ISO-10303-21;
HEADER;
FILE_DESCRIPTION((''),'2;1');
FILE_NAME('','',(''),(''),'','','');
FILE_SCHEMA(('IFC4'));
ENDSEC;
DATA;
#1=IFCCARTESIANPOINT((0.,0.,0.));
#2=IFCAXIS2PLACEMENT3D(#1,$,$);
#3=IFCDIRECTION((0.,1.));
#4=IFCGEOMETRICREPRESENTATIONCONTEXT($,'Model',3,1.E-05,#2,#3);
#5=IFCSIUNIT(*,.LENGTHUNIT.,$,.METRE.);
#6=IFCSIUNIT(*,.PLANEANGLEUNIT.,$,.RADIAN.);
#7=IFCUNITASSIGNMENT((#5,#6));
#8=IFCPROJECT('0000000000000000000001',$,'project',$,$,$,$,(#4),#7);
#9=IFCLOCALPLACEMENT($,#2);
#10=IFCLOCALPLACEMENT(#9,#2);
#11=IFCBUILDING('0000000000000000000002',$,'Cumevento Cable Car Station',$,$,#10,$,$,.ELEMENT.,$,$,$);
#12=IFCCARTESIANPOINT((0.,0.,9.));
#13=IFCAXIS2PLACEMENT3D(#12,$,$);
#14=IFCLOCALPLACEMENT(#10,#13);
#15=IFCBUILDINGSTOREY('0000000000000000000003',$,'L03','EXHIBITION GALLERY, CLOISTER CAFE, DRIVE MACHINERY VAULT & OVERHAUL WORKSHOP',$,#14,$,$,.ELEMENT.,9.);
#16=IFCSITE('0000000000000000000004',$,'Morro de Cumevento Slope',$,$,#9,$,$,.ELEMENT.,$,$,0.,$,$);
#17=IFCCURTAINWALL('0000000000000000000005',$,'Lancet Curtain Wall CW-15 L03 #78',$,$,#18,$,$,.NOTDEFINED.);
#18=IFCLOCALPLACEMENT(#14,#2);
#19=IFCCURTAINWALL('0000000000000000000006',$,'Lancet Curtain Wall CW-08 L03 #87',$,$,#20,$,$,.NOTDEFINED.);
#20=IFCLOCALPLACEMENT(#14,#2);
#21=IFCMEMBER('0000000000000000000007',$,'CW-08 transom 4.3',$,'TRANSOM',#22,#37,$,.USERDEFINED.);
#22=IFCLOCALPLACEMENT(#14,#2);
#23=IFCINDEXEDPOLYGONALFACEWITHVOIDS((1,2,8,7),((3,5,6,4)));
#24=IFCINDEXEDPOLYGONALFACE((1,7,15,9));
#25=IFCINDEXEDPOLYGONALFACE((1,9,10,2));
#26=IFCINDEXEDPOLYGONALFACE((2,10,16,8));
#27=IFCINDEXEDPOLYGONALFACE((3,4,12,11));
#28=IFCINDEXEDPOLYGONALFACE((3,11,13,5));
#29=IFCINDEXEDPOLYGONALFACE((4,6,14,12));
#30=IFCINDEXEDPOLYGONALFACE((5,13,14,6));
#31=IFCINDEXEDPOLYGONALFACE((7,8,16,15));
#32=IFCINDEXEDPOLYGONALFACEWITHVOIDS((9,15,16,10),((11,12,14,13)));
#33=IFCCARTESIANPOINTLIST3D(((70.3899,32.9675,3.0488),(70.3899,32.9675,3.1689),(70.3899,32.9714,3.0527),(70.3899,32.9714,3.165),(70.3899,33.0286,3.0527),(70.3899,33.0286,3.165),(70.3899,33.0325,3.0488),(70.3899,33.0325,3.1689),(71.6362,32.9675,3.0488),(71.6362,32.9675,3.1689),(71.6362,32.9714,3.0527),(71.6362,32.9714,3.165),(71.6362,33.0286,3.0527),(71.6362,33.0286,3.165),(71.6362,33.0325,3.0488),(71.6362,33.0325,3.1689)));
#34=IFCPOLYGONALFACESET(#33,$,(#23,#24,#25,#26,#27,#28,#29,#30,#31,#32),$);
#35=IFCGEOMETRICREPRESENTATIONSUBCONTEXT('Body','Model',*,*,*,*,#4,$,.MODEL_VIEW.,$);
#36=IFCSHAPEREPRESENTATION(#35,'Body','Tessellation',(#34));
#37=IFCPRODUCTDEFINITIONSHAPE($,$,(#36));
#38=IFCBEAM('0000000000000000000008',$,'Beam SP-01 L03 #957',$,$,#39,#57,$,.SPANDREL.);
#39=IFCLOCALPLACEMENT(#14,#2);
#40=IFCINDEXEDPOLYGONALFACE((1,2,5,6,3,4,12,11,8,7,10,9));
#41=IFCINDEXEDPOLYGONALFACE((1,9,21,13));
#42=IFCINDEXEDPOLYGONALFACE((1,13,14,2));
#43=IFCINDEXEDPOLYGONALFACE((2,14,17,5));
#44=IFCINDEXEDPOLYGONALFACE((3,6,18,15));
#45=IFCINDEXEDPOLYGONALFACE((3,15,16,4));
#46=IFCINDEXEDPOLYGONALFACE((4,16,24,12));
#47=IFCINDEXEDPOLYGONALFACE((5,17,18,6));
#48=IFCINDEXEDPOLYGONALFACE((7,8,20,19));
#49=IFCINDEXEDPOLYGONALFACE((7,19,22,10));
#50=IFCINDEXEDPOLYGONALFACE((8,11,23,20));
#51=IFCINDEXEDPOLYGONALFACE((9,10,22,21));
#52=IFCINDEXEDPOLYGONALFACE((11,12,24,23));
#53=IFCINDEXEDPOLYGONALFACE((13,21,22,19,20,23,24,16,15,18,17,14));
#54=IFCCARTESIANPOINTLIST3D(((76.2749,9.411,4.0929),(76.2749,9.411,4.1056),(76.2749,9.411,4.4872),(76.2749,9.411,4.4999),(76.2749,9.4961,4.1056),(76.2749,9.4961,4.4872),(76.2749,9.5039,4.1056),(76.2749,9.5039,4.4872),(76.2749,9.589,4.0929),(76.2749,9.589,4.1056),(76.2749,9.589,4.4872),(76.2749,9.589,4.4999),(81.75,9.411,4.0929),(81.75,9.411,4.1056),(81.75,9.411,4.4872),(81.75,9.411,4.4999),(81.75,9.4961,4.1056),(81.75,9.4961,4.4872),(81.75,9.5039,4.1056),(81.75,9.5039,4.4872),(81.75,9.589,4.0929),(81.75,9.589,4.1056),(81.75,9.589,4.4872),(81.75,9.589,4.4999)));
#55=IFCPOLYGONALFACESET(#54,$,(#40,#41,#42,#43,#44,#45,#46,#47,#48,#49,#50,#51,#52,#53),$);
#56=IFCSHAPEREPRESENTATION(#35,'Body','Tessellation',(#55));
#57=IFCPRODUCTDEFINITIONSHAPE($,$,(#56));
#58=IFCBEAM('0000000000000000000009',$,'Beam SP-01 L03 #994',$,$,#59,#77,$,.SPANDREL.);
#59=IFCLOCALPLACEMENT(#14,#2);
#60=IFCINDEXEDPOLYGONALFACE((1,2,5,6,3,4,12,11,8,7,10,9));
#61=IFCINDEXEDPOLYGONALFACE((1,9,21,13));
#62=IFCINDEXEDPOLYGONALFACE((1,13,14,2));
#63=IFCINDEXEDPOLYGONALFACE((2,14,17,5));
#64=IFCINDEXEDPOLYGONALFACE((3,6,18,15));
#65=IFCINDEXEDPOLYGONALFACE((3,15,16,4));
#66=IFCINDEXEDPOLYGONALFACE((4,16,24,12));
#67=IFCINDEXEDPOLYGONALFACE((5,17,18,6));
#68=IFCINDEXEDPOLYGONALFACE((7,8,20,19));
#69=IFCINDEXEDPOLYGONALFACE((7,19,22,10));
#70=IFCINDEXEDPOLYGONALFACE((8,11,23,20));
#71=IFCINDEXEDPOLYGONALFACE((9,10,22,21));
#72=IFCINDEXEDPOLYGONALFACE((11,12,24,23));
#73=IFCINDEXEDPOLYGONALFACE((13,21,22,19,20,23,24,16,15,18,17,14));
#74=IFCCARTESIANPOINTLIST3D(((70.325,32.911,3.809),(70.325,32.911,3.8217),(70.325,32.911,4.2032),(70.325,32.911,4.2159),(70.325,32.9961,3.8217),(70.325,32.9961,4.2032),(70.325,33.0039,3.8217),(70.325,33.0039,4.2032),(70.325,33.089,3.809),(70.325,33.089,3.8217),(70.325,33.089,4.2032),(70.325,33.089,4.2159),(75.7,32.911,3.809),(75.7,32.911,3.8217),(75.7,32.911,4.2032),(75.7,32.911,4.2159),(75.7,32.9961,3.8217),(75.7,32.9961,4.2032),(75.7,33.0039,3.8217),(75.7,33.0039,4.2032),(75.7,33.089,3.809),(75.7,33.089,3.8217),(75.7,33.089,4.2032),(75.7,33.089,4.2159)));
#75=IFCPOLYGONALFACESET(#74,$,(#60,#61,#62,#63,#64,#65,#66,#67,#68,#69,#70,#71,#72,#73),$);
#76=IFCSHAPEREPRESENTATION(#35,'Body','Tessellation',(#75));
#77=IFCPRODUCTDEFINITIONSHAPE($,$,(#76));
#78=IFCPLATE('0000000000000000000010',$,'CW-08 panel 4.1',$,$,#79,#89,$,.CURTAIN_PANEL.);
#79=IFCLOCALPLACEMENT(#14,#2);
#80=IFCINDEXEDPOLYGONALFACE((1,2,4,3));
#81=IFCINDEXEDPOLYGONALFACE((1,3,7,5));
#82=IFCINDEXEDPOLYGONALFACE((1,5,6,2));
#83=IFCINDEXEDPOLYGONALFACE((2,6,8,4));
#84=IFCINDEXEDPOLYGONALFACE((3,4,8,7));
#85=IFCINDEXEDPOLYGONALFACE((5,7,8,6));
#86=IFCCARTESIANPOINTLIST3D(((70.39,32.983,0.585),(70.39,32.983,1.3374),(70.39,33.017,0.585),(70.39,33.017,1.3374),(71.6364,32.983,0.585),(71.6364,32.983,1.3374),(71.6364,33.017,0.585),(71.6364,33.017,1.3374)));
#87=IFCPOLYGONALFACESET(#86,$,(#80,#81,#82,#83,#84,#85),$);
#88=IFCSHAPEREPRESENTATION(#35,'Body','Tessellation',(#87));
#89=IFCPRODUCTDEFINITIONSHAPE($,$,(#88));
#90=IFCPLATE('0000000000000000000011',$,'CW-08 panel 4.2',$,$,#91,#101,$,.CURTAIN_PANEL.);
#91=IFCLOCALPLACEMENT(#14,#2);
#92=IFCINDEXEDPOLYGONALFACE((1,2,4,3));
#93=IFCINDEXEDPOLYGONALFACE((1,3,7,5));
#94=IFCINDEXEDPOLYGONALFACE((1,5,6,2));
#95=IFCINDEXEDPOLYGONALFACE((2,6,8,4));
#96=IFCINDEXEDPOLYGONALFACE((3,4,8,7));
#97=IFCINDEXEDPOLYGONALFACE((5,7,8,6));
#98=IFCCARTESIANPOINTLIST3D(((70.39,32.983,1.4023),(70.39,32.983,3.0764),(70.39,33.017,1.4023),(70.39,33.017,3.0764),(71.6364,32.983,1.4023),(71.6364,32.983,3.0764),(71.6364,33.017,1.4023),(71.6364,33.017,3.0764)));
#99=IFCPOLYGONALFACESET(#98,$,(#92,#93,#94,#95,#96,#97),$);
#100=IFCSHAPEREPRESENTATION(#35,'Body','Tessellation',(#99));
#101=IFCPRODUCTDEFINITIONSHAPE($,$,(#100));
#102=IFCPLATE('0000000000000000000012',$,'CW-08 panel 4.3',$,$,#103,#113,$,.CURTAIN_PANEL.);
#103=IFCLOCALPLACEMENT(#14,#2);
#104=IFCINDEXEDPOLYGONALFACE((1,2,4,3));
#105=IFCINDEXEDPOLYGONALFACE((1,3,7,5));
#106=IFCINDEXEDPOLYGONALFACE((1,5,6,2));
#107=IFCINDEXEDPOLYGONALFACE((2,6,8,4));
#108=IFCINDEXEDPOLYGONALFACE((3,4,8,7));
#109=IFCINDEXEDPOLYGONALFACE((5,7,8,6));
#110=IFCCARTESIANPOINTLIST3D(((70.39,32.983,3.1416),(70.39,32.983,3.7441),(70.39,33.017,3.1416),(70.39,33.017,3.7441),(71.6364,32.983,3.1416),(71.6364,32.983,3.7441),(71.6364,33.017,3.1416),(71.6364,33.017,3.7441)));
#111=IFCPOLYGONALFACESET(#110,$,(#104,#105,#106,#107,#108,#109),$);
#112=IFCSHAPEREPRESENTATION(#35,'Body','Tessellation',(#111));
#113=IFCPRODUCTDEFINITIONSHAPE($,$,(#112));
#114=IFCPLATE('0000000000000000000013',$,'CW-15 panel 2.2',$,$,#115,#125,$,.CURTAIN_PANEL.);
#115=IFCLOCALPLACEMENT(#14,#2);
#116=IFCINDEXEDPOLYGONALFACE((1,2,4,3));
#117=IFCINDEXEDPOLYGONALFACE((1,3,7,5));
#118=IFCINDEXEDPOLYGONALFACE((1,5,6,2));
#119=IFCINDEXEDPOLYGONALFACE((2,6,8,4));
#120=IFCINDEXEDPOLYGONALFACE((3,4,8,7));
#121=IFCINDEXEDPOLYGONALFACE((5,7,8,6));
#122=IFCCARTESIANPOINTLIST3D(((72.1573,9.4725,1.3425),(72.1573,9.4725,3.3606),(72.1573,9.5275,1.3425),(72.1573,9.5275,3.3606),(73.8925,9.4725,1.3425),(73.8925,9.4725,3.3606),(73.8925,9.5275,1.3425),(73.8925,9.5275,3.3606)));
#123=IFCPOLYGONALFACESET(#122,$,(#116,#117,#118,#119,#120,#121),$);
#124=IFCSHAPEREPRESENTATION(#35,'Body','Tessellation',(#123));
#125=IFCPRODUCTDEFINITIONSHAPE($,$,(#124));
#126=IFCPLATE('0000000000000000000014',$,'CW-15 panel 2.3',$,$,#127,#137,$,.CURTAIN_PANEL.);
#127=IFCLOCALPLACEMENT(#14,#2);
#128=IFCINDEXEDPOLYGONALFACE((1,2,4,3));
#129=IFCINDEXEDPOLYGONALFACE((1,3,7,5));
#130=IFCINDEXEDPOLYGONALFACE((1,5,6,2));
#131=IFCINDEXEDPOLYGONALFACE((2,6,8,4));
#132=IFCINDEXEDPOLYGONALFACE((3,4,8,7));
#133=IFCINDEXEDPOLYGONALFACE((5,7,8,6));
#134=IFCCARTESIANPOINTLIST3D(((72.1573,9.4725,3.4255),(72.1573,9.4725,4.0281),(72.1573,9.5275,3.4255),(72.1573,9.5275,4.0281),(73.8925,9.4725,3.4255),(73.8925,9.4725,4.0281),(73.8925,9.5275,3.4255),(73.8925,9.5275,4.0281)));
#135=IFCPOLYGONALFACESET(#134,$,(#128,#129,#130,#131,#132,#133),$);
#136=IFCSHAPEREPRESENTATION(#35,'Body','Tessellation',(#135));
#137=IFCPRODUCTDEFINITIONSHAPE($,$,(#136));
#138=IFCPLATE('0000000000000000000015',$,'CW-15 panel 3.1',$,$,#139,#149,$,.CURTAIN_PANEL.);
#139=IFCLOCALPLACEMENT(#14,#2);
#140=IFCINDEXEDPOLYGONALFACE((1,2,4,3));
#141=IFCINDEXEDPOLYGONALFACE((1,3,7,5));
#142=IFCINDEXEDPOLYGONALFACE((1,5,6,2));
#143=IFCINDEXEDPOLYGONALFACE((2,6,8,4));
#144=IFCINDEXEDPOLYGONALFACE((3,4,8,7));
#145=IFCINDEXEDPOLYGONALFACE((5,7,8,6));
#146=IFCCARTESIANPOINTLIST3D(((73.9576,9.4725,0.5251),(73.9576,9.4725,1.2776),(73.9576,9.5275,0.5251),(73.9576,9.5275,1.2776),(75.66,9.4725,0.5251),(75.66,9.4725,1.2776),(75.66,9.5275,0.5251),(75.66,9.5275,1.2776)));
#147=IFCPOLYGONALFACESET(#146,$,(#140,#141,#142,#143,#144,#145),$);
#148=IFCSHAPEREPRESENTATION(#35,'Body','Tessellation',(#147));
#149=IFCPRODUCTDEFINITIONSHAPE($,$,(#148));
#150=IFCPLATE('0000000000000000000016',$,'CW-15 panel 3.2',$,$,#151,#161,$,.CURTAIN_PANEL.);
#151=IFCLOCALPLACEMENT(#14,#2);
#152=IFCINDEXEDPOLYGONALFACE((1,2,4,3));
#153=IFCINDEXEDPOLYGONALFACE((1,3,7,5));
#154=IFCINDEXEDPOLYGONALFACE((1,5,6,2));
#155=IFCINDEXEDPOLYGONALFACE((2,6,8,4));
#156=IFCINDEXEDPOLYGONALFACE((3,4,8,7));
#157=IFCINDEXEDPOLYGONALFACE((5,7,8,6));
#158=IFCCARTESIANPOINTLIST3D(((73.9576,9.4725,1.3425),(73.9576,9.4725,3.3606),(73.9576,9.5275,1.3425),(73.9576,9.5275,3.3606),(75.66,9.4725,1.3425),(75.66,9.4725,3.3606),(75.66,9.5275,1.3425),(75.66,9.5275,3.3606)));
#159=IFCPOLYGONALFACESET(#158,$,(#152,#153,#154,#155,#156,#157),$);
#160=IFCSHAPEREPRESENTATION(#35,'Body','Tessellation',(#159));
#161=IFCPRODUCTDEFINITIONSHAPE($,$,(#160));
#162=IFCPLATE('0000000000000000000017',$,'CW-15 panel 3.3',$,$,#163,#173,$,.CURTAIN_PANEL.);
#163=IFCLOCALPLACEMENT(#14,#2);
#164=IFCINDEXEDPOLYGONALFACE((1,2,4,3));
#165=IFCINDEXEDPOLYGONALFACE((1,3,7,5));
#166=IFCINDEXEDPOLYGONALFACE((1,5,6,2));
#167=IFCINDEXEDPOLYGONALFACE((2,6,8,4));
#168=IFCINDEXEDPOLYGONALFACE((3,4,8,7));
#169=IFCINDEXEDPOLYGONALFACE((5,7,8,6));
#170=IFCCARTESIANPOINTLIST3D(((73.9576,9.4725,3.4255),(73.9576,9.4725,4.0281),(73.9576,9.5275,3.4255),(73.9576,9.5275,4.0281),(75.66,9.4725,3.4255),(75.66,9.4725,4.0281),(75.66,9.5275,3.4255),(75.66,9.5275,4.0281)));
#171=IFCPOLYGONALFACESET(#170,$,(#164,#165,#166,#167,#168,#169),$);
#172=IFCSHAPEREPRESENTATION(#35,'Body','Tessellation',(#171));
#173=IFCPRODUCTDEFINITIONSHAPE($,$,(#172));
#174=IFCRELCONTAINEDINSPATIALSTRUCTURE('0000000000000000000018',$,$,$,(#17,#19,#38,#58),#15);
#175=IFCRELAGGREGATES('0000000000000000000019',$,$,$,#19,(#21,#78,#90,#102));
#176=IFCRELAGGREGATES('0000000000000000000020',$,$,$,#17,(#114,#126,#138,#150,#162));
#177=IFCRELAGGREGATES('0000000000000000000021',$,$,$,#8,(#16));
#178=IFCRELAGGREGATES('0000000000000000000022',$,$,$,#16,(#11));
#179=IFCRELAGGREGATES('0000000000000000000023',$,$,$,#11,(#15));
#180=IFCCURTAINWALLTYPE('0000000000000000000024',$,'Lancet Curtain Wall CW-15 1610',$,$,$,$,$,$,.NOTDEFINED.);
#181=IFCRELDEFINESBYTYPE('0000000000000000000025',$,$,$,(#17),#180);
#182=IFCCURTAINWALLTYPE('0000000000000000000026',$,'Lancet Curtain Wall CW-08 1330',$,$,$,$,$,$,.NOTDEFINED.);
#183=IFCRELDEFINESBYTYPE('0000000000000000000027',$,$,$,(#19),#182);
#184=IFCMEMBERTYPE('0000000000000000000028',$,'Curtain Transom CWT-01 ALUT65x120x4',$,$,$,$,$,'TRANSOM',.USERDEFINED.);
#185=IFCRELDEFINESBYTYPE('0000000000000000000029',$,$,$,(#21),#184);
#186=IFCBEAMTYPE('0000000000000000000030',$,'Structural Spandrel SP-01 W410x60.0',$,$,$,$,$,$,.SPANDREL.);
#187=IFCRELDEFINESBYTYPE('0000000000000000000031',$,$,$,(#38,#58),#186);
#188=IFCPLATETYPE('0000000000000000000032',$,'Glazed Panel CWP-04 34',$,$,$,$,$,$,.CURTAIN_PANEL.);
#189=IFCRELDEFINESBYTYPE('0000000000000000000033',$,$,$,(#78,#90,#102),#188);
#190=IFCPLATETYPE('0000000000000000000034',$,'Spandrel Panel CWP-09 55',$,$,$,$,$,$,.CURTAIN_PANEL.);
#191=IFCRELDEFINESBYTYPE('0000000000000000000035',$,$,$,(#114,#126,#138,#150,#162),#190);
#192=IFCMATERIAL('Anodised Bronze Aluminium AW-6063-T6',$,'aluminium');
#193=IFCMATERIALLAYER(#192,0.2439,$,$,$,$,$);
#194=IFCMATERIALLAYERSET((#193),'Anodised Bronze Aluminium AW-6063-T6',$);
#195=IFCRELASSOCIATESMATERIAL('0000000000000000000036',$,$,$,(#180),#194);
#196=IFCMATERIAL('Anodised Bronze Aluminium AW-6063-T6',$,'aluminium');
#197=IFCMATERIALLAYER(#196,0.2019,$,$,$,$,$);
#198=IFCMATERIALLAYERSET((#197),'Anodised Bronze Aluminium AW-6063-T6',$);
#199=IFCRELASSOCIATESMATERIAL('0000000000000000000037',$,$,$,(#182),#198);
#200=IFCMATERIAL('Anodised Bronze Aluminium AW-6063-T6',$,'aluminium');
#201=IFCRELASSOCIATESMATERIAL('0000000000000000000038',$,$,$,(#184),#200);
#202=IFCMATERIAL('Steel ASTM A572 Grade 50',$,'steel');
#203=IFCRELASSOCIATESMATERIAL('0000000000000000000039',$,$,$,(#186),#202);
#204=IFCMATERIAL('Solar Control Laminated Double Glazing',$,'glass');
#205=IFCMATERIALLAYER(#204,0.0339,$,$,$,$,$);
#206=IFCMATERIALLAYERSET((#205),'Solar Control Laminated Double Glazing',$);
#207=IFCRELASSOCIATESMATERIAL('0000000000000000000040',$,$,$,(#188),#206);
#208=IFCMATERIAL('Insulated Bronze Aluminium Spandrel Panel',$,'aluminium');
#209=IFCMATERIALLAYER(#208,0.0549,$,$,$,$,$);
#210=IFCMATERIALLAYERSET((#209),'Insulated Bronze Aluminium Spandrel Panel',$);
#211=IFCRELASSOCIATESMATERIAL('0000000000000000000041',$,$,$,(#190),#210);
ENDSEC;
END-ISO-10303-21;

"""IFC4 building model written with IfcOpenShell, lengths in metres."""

from ifc_helpers import new_model, si_unit, direction, frame, origin, origin_2d, place, context, subcontext, project, spatial, rectangle, hollow_rectangle, i_section, extrude, material, layer, layer_set, material_profile, profile_set, type_object, element, aggregate, save


model = new_model("IFC4")

# Units and contexts
model_context = context("Model", 3, precision=1e-05, world=origin(), true_north=direction((0.0, 1.0)))
body_context = subcontext(model_context, "Body", "Model", "MODEL_VIEW")
ifc_project = project(units=[si_unit("LENGTHUNIT", "METRE"), si_unit("PLANEANGLEUNIT", "RADIAN")], contexts=[model_context])

# Site, building, storey
site_placement = place(None, origin())
site = spatial("IfcSite", under=ifc_project, at=site_placement, Name="Morro de Cumevento Slope", CompositionType="ELEMENT", RefElevation=0.0)
building_placement = place(site_placement, origin())
building = spatial("IfcBuilding", under=site, at=building_placement, Name="Cumevento Cable Car Station", CompositionType="ELEMENT")
storey_placement = place(building_placement, frame((0.0, 0.0, 9.0)))
storey = spatial("IfcBuildingStorey", under=building, at=storey_placement, Name="L03", Description="EXHIBITION GALLERY, CLOISTER CAFE, DRIVE MACHINERY VAULT & OVERHAUL WORKSHOP", CompositionType="ELEMENT", Elevation=9.0)

# Curtain wall
ifc_material_1 = material(Name="Anodised Bronze Aluminium AW-6063-T6", Category="aluminium")
ifc_layer_1 = layer(ifc_material_1, 0.2439)
ifc_layer_set_1 = layer_set([ifc_layer_1], Name="Anodised Bronze Aluminium AW-6063-T6")
curtain_wall_type_1 = type_object("IfcCurtainWallType", Name="Lancet Curtain Wall CW-15 1610", PredefinedType="NOTDEFINED", material=ifc_layer_set_1)
curtain_wall_1_placement = place(storey_placement, origin())
curtain_wall_1 = element("IfcCurtainWall", 1, at=curtain_wall_1_placement, inside=storey, type_object=curtain_wall_type_1, Name="Lancet Curtain Wall CW-15 L03 #78", PredefinedType="NOTDEFINED")

# Curtain wall
ifc_material_2 = material(Name="Anodised Bronze Aluminium AW-6063-T6", Category="aluminium")
ifc_layer_2 = layer(ifc_material_2, 0.2019)
ifc_layer_set_2 = layer_set([ifc_layer_2], Name="Anodised Bronze Aluminium AW-6063-T6")
curtain_wall_type_2 = type_object("IfcCurtainWallType", Name="Lancet Curtain Wall CW-08 1330", PredefinedType="NOTDEFINED", material=ifc_layer_set_2)
curtain_wall_2_placement = place(storey_placement, origin())
curtain_wall_2 = element("IfcCurtainWall", 2, at=curtain_wall_2_placement, inside=storey, type_object=curtain_wall_type_2, Name="Lancet Curtain Wall CW-08 L03 #87", PredefinedType="NOTDEFINED")

# Member
ifc_material_3 = material(Name="Anodised Bronze Aluminium AW-6063-T6", Category="aluminium")
ifc_material_profile_1 = material_profile(ifc_material_3, hollow_rectangle(XDim=0.0649, YDim=0.1201, WallThickness=0.0039, at=origin_2d()), Name="ALUT65x120x4")
ifc_profile_set_1 = profile_set([ifc_material_profile_1], Name="Anodised Bronze Aluminium AW-6063-T6")
member_type_1 = type_object("IfcMemberType", Name="Curtain Transom CWT-01 ALUT65x120x4", ElementType="TRANSOM", PredefinedType="USERDEFINED", material=ifc_profile_set_1)
member_1_placement = place(storey_placement, frame((71.6362, 33.0, 3.1089), z_axis=(-1.0, 0.0, 0.0), x_axis=(0.0, -1.0, 0.0)))
member_1 = element("IfcMember", 3, at=member_1_placement, type_object=member_type_1, Name="CW-08 transom 4.3", ObjectType="TRANSOM", PredefinedType="USERDEFINED", context=body_context, shape_type="SweptSolid", body=[
    extrude(hollow_rectangle(XDim=0.0649, YDim=0.1201, WallThickness=0.0039, at=origin_2d()), origin(), (0.0, 0.0, 1.0), 1.2463),
])

# Beams
ifc_material_4 = material(Name="Steel ASTM A572 Grade 50", Category="steel")
ifc_material_profile_2 = material_profile(ifc_material_4, i_section(OverallWidth=0.178, OverallDepth=0.407, WebThickness=0.0078, FlangeThickness=0.0127, at=origin_2d()), Name="W410x60.0")
ifc_profile_set_2 = profile_set([ifc_material_profile_2], Name="Steel ASTM A572 Grade 50")
beam_type = type_object("IfcBeamType", Name="Structural Spandrel SP-01 W410x60.0", PredefinedType="SPANDREL", material=ifc_profile_set_2)
beam_1_placement = place(storey_placement, frame((76.2749, 9.5, 4.2964), z_axis=(1.0, 0.0, 0.0), x_axis=(0.0, 1.0, 0.0)))
element("IfcBeam", 4, at=beam_1_placement, inside=storey, type_object=beam_type, Name="Beam SP-01 L03 #957", PredefinedType="SPANDREL", context=body_context, shape_type="SweptSolid", body=[
    extrude(i_section(OverallWidth=0.178, OverallDepth=0.407, WebThickness=0.0078, FlangeThickness=0.0127, at=origin_2d()), origin(), (0.0, 0.0, 1.0), 5.4751),
])
beam_2_placement = place(storey_placement, frame((70.325, 33.0, 4.0125), z_axis=(1.0, 0.0, 0.0), x_axis=(0.0, 1.0, 0.0)))
element("IfcBeam", 5, at=beam_2_placement, inside=storey, type_object=beam_type, Name="Beam SP-01 L03 #994", PredefinedType="SPANDREL", context=body_context, shape_type="SweptSolid", body=[
    extrude(i_section(OverallWidth=0.178, OverallDepth=0.407, WebThickness=0.0078, FlangeThickness=0.0127, at=origin_2d()), origin(), (0.0, 0.0, 1.0), 5.375),
])

# Plates
ifc_material_5 = material(Name="Solar Control Laminated Double Glazing", Category="glass")
ifc_layer_3 = layer(ifc_material_5, 0.0339)
ifc_layer_set_3 = layer_set([ifc_layer_3], Name="Solar Control Laminated Double Glazing")
plate_type_1 = type_object("IfcPlateType", Name="Glazed Panel CWP-04 34", PredefinedType="CURTAIN_PANEL", material=ifc_layer_set_3)
plate_1_placement = place(storey_placement, frame((71.0132, 33.0, 0.585), z_axis=(0.0, 0.0, 1.0), x_axis=(-1.0, 0.0, 0.0)))
plate_1 = element("IfcPlate", 6, at=plate_1_placement, type_object=plate_type_1, Name="CW-08 panel 4.1", PredefinedType="CURTAIN_PANEL", context=body_context, shape_type="SweptSolid", body=[
    extrude(rectangle(XDim=1.2463, YDim=0.0339, at=origin_2d()), origin(), (0.0, 0.0, 1.0), 0.7524),
])
plate_2_placement = place(storey_placement, frame((71.0132, 33.0, 1.4023), z_axis=(0.0, 0.0, 1.0), x_axis=(-1.0, 0.0, 0.0)))
plate_2 = element("IfcPlate", 7, at=plate_2_placement, type_object=plate_type_1, Name="CW-08 panel 4.2", PredefinedType="CURTAIN_PANEL", context=body_context, shape_type="SweptSolid", body=[
    extrude(rectangle(XDim=1.2463, YDim=0.0339, at=origin_2d()), origin(), (0.0, 0.0, 1.0), 1.6741),
])
plate_3_placement = place(storey_placement, frame((71.0132, 33.0, 3.1416), z_axis=(0.0, 0.0, 1.0), x_axis=(-1.0, 0.0, 0.0)))
plate_3 = element("IfcPlate", 8, at=plate_3_placement, type_object=plate_type_1, Name="CW-08 panel 4.3", PredefinedType="CURTAIN_PANEL", context=body_context, shape_type="SweptSolid", body=[
    extrude(rectangle(XDim=1.2463, YDim=0.0339, at=origin_2d()), origin(), (0.0, 0.0, 1.0), 0.6025),
])
aggregate(curtain_wall_2, [member_1, plate_1, plate_2, plate_3])
ifc_material_6 = material(Name="Insulated Bronze Aluminium Spandrel Panel", Category="aluminium")
ifc_layer_4 = layer(ifc_material_6, 0.0549)
ifc_layer_set_4 = layer_set([ifc_layer_4], Name="Insulated Bronze Aluminium Spandrel Panel")
plate_type_2 = type_object("IfcPlateType", Name="Spandrel Panel CWP-09 55", PredefinedType="CURTAIN_PANEL", material=ifc_layer_set_4)
plate_4_placement = place(storey_placement, frame((73.0249, 9.5, 1.3425), z_axis=(0.0, 0.0, 1.0), x_axis=(1.0, 0.0, 0.0)))
plate_4 = element("IfcPlate", 9, at=plate_4_placement, type_object=plate_type_2, Name="CW-15 panel 2.2", PredefinedType="CURTAIN_PANEL", context=body_context, shape_type="SweptSolid", body=[
    extrude(rectangle(XDim=1.7351, YDim=0.0549, at=origin_2d()), origin(), (0.0, 0.0, 1.0), 2.0181),
])
plate_5_placement = place(storey_placement, frame((73.0249, 9.5, 3.4255), z_axis=(0.0, 0.0, 1.0), x_axis=(1.0, 0.0, 0.0)))
plate_5 = element("IfcPlate", 10, at=plate_5_placement, type_object=plate_type_2, Name="CW-15 panel 2.3", PredefinedType="CURTAIN_PANEL", context=body_context, shape_type="SweptSolid", body=[
    extrude(rectangle(XDim=1.7351, YDim=0.0549, at=origin_2d()), origin(), (0.0, 0.0, 1.0), 0.6025),
])
plate_6_placement = place(storey_placement, frame((74.8088, 9.5, 0.5251), z_axis=(0.0, 0.0, 1.0), x_axis=(1.0, 0.0, 0.0)))
plate_6 = element("IfcPlate", 11, at=plate_6_placement, type_object=plate_type_2, Name="CW-15 panel 3.1", PredefinedType="CURTAIN_PANEL", context=body_context, shape_type="SweptSolid", body=[
    extrude(rectangle(XDim=1.7024, YDim=0.0549, at=origin_2d()), origin(), (0.0, 0.0, 1.0), 0.7524),
])
plate_7_placement = place(storey_placement, frame((74.8088, 9.5, 1.3425), z_axis=(0.0, 0.0, 1.0), x_axis=(1.0, 0.0, 0.0)))
plate_7 = element("IfcPlate", 12, at=plate_7_placement, type_object=plate_type_2, Name="CW-15 panel 3.2", PredefinedType="CURTAIN_PANEL", context=body_context, shape_type="SweptSolid", body=[
    extrude(rectangle(XDim=1.7024, YDim=0.0549, at=origin_2d()), origin(), (0.0, 0.0, 1.0), 2.0181),
])
plate_8_placement = place(storey_placement, frame((74.8088, 9.5, 3.4255), z_axis=(0.0, 0.0, 1.0), x_axis=(1.0, 0.0, 0.0)))
plate_8 = element("IfcPlate", 13, at=plate_8_placement, type_object=plate_type_2, Name="CW-15 panel 3.3", PredefinedType="CURTAIN_PANEL", context=body_context, shape_type="SweptSolid", body=[
    extrude(rectangle(XDim=1.7024, YDim=0.0549, at=origin_2d()), origin(), (0.0, 0.0, 1.0), 0.6025),
])
aggregate(curtain_wall_1, [plate_4, plate_5, plate_6, plate_7, plate_8])

save(model, "model.ifc")
